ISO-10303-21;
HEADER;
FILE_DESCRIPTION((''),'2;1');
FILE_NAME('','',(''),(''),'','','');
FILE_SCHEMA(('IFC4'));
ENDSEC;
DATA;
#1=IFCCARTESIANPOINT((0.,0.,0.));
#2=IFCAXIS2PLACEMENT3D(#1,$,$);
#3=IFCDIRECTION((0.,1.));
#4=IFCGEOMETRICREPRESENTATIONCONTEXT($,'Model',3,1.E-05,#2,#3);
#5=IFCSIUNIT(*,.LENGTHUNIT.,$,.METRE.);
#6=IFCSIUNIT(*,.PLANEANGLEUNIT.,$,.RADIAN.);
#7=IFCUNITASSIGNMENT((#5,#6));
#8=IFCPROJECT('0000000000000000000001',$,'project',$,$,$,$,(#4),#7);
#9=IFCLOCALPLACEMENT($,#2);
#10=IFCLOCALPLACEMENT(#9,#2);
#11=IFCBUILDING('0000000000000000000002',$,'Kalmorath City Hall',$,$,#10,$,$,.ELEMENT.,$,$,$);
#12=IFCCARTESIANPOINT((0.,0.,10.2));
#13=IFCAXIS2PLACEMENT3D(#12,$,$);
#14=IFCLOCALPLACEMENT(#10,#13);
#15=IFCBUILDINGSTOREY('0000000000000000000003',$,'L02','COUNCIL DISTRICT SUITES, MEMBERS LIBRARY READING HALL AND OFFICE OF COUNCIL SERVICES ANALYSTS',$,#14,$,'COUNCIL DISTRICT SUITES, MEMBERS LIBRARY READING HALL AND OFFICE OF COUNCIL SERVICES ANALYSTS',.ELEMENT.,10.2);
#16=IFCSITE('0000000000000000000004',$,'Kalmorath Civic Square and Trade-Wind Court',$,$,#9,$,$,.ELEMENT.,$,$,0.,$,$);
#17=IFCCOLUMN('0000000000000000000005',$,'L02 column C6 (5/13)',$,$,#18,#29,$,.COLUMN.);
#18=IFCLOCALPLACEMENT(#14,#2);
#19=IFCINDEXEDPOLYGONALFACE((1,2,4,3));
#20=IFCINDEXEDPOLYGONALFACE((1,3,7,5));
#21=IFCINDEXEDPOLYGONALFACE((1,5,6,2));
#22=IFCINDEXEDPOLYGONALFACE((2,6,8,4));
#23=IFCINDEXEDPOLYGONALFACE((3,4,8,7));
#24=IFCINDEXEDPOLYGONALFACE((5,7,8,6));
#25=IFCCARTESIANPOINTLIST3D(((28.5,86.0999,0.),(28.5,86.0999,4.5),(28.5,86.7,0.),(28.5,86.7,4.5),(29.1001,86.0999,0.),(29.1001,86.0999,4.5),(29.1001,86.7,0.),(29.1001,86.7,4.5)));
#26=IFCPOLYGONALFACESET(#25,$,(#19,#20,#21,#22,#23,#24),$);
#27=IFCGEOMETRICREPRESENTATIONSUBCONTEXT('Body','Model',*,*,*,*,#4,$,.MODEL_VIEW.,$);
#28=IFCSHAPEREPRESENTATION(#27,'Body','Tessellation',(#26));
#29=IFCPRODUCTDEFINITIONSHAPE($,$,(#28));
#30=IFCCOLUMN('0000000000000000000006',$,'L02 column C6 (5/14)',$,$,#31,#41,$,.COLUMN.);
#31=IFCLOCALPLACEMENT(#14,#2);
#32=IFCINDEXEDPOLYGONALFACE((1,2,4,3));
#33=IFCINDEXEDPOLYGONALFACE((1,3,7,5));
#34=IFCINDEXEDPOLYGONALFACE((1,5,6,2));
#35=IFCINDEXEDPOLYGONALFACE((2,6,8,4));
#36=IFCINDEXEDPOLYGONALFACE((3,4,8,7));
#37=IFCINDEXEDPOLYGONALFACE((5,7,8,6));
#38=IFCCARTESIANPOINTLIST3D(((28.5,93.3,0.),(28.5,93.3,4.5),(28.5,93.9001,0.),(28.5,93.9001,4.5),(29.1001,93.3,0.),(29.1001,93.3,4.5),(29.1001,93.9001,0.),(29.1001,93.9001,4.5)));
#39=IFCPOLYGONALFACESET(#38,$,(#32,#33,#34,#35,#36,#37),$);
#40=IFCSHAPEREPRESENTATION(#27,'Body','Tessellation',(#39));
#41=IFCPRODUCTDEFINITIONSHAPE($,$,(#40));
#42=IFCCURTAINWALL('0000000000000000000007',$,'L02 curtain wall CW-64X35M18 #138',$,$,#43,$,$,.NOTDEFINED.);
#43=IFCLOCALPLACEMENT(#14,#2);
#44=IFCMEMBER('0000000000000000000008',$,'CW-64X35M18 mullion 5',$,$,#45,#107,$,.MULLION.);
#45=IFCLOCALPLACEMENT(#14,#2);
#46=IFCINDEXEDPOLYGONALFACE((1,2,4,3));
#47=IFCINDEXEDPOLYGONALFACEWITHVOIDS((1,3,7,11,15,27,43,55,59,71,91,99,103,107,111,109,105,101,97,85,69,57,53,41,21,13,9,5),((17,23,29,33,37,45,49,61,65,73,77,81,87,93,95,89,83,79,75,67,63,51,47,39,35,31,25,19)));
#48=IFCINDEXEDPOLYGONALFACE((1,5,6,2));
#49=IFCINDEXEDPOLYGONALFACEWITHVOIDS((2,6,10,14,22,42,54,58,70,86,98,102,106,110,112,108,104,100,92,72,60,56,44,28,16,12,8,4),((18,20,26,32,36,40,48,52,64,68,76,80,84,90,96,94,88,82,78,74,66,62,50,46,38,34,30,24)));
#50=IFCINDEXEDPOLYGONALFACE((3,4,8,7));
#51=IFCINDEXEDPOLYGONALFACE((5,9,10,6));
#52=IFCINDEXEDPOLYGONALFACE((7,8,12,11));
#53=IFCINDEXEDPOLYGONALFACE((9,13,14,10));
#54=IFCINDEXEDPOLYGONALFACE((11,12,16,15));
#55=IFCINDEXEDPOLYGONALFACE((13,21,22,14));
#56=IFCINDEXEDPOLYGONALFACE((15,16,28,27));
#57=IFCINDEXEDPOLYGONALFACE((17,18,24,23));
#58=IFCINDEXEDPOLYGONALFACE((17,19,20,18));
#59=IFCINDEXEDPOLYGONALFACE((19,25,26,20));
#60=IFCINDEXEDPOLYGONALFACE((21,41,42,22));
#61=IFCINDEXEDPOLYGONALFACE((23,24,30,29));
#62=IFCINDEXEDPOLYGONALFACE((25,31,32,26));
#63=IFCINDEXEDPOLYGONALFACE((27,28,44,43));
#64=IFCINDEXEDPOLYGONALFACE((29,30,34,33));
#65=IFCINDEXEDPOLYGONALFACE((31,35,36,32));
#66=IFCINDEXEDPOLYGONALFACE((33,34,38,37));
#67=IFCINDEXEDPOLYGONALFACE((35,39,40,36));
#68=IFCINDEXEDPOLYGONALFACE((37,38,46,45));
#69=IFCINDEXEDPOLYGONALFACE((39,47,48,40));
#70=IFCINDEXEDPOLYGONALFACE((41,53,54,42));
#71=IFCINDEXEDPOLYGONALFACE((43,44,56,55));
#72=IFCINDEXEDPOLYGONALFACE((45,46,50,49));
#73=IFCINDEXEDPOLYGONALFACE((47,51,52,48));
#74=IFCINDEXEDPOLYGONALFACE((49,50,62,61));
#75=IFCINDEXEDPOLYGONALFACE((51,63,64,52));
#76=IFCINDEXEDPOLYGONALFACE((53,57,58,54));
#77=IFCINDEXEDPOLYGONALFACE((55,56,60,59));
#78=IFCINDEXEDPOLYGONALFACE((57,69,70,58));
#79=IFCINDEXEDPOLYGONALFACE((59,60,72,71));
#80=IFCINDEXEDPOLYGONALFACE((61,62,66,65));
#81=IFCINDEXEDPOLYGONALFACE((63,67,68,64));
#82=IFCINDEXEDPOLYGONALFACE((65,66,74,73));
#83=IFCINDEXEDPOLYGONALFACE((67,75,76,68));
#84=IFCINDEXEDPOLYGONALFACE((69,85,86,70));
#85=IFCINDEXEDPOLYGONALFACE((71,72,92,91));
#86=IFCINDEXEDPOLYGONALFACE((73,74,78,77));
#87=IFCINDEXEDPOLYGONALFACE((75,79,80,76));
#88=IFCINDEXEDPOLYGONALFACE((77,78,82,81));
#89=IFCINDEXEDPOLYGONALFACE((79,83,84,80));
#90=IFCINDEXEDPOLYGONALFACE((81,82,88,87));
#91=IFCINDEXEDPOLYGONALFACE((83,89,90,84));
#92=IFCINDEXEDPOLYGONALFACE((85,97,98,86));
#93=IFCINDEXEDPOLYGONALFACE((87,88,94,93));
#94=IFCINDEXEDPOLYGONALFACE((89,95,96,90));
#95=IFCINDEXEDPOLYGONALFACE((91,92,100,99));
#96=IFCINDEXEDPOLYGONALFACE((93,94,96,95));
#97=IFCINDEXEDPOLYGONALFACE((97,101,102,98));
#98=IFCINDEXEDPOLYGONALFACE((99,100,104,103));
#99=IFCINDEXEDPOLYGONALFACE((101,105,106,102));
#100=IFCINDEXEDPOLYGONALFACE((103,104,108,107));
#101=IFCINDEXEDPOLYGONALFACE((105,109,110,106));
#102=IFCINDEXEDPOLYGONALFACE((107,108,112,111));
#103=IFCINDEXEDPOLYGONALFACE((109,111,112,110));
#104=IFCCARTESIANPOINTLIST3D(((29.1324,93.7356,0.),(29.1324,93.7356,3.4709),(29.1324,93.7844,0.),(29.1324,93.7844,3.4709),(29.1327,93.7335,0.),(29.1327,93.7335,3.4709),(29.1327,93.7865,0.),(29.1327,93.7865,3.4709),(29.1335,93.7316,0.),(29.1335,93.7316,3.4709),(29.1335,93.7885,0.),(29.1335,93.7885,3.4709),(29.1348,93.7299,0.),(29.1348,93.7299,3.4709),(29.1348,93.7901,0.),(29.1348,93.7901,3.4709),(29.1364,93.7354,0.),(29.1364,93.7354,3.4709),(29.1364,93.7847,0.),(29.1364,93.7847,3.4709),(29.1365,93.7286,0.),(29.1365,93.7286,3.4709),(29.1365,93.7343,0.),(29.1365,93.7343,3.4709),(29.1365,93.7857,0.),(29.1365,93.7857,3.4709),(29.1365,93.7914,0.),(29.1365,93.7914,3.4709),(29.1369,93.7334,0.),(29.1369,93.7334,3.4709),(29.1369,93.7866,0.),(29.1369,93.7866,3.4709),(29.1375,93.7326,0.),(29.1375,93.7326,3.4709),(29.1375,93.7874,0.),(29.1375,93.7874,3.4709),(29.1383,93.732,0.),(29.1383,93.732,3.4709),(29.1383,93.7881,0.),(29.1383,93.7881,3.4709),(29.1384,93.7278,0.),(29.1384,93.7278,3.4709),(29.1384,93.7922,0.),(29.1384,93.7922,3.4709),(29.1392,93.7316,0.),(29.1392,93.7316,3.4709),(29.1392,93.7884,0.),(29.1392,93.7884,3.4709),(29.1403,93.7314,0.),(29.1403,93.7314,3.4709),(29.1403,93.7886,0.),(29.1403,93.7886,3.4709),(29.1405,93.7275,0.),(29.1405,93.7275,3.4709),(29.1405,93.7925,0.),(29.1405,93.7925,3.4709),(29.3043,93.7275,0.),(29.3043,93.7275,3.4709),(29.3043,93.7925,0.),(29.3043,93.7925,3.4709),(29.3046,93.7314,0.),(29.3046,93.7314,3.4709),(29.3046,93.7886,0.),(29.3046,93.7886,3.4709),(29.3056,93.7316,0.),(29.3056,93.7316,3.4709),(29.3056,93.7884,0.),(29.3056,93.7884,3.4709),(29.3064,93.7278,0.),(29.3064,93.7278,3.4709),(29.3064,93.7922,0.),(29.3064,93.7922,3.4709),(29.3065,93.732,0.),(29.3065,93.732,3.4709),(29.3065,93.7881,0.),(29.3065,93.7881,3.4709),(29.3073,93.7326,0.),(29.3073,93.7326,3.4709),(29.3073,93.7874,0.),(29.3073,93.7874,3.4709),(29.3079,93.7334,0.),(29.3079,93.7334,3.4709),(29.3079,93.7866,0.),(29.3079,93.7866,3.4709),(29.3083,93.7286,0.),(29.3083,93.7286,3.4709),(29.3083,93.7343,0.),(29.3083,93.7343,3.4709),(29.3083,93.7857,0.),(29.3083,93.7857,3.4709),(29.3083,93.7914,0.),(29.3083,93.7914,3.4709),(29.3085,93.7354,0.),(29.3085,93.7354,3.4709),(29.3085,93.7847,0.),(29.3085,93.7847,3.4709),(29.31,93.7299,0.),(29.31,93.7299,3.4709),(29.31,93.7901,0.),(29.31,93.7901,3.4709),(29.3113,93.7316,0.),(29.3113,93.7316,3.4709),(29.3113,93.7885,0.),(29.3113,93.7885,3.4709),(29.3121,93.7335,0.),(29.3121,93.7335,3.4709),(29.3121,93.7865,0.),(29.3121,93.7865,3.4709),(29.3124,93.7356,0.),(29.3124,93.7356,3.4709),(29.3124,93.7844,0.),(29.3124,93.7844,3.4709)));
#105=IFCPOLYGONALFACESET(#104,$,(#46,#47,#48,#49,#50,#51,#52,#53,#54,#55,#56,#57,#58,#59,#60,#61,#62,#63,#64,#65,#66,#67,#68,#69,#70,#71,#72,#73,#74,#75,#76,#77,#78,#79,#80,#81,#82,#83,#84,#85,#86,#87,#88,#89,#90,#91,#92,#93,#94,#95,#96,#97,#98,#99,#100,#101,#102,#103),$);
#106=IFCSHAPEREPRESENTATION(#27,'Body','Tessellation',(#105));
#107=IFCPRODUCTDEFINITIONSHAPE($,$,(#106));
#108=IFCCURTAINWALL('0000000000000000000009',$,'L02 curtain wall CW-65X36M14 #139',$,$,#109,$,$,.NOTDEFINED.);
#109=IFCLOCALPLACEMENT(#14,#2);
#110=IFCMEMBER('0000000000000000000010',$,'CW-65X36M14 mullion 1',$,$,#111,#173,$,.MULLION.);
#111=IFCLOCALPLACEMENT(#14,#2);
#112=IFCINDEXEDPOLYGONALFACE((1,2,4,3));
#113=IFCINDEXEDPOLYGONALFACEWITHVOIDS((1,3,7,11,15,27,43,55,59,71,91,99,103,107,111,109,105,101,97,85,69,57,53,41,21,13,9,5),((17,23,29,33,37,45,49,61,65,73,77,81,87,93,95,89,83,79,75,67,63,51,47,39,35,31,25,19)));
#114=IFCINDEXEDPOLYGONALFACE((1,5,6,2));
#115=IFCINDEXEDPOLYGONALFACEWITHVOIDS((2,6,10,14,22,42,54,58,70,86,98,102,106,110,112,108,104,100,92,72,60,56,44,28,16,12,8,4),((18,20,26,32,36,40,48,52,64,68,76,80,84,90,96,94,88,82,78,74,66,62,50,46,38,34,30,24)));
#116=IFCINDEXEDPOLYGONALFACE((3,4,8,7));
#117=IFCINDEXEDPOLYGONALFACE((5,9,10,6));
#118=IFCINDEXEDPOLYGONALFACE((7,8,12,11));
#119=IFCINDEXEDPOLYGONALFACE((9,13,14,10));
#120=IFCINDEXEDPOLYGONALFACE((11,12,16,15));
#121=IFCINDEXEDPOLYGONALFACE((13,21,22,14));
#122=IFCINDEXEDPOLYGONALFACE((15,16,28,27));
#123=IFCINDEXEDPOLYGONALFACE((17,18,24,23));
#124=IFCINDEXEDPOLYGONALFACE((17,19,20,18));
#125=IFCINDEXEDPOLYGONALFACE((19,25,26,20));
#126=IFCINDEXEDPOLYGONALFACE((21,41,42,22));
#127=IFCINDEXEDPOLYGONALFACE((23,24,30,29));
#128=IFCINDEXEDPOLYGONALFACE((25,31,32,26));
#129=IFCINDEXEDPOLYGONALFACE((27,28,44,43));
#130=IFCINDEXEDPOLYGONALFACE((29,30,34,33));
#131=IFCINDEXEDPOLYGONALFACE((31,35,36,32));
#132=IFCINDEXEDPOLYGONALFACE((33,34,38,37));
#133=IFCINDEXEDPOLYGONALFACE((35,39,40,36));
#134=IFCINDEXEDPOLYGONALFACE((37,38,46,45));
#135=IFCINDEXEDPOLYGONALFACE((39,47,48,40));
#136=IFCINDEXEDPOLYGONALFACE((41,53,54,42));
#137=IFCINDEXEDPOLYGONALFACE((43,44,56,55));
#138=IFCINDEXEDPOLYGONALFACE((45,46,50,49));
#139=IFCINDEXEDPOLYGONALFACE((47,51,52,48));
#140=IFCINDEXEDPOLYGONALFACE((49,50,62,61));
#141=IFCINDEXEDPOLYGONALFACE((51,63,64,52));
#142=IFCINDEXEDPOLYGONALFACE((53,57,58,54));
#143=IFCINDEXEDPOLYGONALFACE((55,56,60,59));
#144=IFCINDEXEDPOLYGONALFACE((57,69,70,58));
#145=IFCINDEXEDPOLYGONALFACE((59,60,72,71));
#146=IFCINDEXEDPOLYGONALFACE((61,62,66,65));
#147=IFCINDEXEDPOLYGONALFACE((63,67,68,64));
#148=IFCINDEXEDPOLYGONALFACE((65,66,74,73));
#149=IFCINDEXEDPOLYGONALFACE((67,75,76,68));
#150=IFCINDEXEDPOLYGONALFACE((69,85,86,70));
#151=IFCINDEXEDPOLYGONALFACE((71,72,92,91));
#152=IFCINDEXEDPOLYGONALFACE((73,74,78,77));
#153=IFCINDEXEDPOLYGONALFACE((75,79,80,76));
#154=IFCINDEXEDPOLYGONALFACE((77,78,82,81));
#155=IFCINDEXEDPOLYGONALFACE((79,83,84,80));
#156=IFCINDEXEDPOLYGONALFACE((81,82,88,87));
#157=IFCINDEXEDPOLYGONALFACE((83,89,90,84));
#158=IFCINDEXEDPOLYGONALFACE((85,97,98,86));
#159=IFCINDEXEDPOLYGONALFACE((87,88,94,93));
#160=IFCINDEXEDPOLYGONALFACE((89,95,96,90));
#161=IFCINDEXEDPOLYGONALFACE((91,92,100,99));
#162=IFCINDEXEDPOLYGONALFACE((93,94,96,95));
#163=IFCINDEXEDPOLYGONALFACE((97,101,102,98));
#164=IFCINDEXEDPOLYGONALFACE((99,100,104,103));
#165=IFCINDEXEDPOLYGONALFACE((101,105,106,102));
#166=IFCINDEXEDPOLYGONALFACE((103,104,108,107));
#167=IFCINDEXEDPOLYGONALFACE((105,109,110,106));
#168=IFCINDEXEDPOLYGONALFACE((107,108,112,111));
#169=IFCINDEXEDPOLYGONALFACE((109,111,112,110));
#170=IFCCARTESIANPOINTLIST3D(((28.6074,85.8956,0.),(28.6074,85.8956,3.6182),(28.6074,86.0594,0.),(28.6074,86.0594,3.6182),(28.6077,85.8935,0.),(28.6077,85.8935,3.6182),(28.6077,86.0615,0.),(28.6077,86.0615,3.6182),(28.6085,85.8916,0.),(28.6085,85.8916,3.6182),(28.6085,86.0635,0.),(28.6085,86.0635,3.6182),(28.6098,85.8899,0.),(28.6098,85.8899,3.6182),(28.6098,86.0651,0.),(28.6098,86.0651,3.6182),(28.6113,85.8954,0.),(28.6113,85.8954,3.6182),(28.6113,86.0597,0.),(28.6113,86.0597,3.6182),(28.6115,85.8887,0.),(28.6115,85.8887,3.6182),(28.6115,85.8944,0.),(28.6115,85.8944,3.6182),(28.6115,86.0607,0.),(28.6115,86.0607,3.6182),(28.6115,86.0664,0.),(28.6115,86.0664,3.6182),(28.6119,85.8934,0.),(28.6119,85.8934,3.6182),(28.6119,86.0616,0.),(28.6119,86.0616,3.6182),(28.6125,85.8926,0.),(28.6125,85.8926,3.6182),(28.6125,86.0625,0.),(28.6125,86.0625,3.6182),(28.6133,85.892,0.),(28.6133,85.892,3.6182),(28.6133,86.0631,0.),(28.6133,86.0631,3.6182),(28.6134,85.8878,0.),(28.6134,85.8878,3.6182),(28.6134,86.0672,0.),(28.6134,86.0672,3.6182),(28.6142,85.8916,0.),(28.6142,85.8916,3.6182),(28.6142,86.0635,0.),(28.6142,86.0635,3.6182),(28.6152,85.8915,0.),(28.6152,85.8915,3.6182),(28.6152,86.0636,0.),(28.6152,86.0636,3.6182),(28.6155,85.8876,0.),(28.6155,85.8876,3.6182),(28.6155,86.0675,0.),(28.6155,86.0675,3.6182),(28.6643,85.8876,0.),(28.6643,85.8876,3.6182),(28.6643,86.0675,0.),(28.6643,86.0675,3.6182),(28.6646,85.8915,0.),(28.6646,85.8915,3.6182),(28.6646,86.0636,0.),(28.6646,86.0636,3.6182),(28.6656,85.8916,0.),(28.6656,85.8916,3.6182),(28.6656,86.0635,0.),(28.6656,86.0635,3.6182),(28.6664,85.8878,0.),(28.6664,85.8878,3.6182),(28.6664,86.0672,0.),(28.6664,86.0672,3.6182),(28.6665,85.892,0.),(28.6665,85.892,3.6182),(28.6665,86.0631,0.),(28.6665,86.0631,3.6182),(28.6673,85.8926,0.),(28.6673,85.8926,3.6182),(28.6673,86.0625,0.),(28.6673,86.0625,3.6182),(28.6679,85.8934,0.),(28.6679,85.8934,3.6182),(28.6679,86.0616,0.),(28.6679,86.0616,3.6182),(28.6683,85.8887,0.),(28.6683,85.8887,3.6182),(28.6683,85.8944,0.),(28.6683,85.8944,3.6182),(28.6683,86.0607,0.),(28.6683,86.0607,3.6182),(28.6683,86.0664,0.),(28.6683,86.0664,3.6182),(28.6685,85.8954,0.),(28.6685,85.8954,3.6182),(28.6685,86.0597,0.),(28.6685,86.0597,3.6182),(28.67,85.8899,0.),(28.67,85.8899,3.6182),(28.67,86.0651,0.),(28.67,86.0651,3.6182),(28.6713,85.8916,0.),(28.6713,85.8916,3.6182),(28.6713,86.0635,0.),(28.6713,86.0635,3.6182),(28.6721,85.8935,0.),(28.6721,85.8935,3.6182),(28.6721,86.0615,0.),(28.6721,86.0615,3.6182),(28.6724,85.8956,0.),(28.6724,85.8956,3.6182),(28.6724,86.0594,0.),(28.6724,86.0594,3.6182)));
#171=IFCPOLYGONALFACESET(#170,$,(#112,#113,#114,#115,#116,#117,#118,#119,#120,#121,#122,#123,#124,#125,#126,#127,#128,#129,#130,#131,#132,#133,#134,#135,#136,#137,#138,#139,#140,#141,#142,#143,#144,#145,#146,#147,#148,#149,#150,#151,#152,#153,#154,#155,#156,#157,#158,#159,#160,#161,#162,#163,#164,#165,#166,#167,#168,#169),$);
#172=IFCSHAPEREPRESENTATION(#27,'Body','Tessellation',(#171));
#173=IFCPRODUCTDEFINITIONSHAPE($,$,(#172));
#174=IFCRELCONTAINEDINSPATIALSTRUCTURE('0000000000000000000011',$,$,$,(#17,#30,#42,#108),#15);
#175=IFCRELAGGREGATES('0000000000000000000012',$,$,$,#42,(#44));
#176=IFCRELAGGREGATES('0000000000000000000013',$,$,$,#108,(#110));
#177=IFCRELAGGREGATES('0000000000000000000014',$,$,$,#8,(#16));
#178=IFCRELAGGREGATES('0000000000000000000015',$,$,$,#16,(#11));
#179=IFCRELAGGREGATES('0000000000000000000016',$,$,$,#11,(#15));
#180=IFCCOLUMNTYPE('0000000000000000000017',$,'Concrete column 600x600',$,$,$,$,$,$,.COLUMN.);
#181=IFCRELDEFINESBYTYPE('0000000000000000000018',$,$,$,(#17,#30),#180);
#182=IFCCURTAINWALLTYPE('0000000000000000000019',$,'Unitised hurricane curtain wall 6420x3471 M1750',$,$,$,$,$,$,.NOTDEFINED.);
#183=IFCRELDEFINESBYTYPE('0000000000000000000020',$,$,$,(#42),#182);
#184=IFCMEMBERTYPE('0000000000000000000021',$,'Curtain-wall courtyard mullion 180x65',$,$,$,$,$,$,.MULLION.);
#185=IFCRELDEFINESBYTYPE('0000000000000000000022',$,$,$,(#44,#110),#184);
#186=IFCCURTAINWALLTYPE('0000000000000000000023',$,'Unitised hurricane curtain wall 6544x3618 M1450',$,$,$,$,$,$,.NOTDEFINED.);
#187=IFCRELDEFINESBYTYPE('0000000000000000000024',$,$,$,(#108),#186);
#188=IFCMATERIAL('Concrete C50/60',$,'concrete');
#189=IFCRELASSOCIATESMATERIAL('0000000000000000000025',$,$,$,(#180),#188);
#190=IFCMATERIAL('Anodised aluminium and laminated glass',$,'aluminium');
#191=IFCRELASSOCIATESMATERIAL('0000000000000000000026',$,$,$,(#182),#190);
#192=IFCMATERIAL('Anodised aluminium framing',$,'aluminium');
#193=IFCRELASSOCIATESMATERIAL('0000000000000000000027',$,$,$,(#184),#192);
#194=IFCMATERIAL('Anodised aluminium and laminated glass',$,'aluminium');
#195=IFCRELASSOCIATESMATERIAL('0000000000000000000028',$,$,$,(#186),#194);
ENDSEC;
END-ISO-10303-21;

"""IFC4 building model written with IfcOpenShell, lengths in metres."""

from ifc_helpers import new_model, si_unit, direction, frame, origin, origin_2d, place, context, subcontext, project, spatial, rectangle, hollow_rectangle, extrude, material, material_profile, profile_set, type_object, element, aggregate, save


model = new_model("IFC4")

# Units and contexts
model_context = context("Model", 3, precision=1e-05, world=origin(), true_north=direction((0.0, 1.0)))
body_context = subcontext(model_context, "Body", "Model", "MODEL_VIEW")
ifc_project = project(units=[si_unit("LENGTHUNIT", "METRE"), si_unit("PLANEANGLEUNIT", "RADIAN")], contexts=[model_context])

# Site, building, storey
site_placement = place(None, origin())
site = spatial("IfcSite", under=ifc_project, at=site_placement, Name="Kalmorath Civic Square and Trade-Wind Court", CompositionType="ELEMENT", RefElevation=0.0)
building_placement = place(site_placement, origin())
building = spatial("IfcBuilding", under=site, at=building_placement, Name="Kalmorath City Hall", CompositionType="ELEMENT")
storey_placement = place(building_placement, frame((0.0, 0.0, 10.2)))
storey = spatial("IfcBuildingStorey", under=building, at=storey_placement, Name="L02", Description="COUNCIL DISTRICT SUITES, MEMBERS LIBRARY READING HALL AND OFFICE OF COUNCIL SERVICES ANALYSTS", LongName="COUNCIL DISTRICT SUITES, MEMBERS LIBRARY READING HALL AND OFFICE OF COUNCIL SERVICES ANALYSTS", CompositionType="ELEMENT", Elevation=10.2)

# Columns
ifc_material_1 = material(Name="Concrete C50/60", Category="concrete")
ifc_material_profile_1 = material_profile(ifc_material_1, rectangle(XDim=0.6001, YDim=0.6001, at=origin_2d()), Name="RC-COL-600X600")
ifc_profile_set_1 = profile_set([ifc_material_profile_1], Name="Concrete C50/60")
column_type = type_object("IfcColumnType", Name="Concrete column 600x600", PredefinedType="COLUMN", material=ifc_profile_set_1)
for number, where, z_axis, x_axis, name in (
    (1, (28.8, 86.3999, 0.0), (0.0, 0.0, 1.0), (1.0, 0.0, 0.0), "L02 column C6 (5/13)"),
    (2, (28.8, 93.6001, 0.0), (0.0, 0.0, 1.0), (1.0, 0.0, 0.0), "L02 column C6 (5/14)"),
):
    element("IfcColumn", number, at=place(storey_placement, frame(where, z_axis=z_axis, x_axis=x_axis)), inside=storey, type_object=column_type, Name=name, PredefinedType="COLUMN", context=body_context, shape_type="SweptSolid", body=[
        extrude(rectangle(XDim=0.6001, YDim=0.6001, at=origin_2d()), origin(), (0.0, 0.0, 1.0), 4.5),
    ])

# Curtain wall, member
ifc_material_2 = material(Name="Anodised aluminium and laminated glass", Category="aluminium")
curtain_wall_type_1 = type_object("IfcCurtainWallType", Name="Unitised hurricane curtain wall 6420x3471 M1750", PredefinedType="NOTDEFINED", material=ifc_material_2)
curtain_wall_1_placement = place(storey_placement, origin())
curtain_wall_1 = element("IfcCurtainWall", 3, at=curtain_wall_1_placement, inside=storey, type_object=curtain_wall_type_1, Name="L02 curtain wall CW-64X35M18 #138", PredefinedType="NOTDEFINED")
ifc_material_3 = material(Name="Anodised aluminium framing", Category="aluminium")
ifc_material_profile_2 = material_profile(ifc_material_3, hollow_rectangle(XDim=0.0649, YDim=0.1799, WallThickness=0.0039, InnerFilletRadius=0.0039, OuterFilletRadius=0.0081, at=origin_2d()), Name="ALU-MUL-180X65X4")
ifc_profile_set_2 = profile_set([ifc_material_profile_2], Name="Anodised aluminium framing")
member_type_1 = type_object("IfcMemberType", Name="Curtain-wall courtyard mullion 180x65", PredefinedType="MULLION", material=ifc_profile_set_2)
member_1_placement = place(storey_placement, frame((29.2224, 93.76, 0.0), z_axis=(0.0, 0.0, 1.0), x_axis=(0.0, -1.0, 0.0)))
member_1 = element("IfcMember", 4, at=member_1_placement, type_object=member_type_1, Name="CW-64X35M18 mullion 5", PredefinedType="MULLION", context=body_context, shape_type="SweptSolid", body=[
    extrude(hollow_rectangle(XDim=0.0649, YDim=0.1799, WallThickness=0.0039, InnerFilletRadius=0.0039, OuterFilletRadius=0.0081, at=origin_2d()), origin(), (0.0, 0.0, 1.0), 3.4709),
])

# Curtain wall, member
ifc_material_4 = material(Name="Anodised aluminium and laminated glass", Category="aluminium")
curtain_wall_type_2 = type_object("IfcCurtainWallType", Name="Unitised hurricane curtain wall 6544x3618 M1450", PredefinedType="NOTDEFINED", material=ifc_material_4)
curtain_wall_2_placement = place(storey_placement, origin())
curtain_wall_2 = element("IfcCurtainWall", 5, at=curtain_wall_2_placement, inside=storey, type_object=curtain_wall_type_2, Name="L02 curtain wall CW-65X36M14 #139", PredefinedType="NOTDEFINED")
member_2_placement = place(storey_placement, frame((28.6399, 85.9775, 0.0), z_axis=(0.0, 0.0, 1.0), x_axis=(1.0, 0.0, 0.0)))
member_2 = element("IfcMember", 6, at=member_2_placement, type_object=member_type_1, Name="CW-65X36M14 mullion 1", PredefinedType="MULLION", context=body_context, shape_type="SweptSolid", body=[
    extrude(hollow_rectangle(XDim=0.0649, YDim=0.1799, WallThickness=0.0039, InnerFilletRadius=0.0039, OuterFilletRadius=0.0081, at=origin_2d()), origin(), (0.0, 0.0, 1.0), 3.6182),
])

aggregate(curtain_wall_1, [member_1])
aggregate(curtain_wall_2, [member_2])

save(model, "model.ifc")
